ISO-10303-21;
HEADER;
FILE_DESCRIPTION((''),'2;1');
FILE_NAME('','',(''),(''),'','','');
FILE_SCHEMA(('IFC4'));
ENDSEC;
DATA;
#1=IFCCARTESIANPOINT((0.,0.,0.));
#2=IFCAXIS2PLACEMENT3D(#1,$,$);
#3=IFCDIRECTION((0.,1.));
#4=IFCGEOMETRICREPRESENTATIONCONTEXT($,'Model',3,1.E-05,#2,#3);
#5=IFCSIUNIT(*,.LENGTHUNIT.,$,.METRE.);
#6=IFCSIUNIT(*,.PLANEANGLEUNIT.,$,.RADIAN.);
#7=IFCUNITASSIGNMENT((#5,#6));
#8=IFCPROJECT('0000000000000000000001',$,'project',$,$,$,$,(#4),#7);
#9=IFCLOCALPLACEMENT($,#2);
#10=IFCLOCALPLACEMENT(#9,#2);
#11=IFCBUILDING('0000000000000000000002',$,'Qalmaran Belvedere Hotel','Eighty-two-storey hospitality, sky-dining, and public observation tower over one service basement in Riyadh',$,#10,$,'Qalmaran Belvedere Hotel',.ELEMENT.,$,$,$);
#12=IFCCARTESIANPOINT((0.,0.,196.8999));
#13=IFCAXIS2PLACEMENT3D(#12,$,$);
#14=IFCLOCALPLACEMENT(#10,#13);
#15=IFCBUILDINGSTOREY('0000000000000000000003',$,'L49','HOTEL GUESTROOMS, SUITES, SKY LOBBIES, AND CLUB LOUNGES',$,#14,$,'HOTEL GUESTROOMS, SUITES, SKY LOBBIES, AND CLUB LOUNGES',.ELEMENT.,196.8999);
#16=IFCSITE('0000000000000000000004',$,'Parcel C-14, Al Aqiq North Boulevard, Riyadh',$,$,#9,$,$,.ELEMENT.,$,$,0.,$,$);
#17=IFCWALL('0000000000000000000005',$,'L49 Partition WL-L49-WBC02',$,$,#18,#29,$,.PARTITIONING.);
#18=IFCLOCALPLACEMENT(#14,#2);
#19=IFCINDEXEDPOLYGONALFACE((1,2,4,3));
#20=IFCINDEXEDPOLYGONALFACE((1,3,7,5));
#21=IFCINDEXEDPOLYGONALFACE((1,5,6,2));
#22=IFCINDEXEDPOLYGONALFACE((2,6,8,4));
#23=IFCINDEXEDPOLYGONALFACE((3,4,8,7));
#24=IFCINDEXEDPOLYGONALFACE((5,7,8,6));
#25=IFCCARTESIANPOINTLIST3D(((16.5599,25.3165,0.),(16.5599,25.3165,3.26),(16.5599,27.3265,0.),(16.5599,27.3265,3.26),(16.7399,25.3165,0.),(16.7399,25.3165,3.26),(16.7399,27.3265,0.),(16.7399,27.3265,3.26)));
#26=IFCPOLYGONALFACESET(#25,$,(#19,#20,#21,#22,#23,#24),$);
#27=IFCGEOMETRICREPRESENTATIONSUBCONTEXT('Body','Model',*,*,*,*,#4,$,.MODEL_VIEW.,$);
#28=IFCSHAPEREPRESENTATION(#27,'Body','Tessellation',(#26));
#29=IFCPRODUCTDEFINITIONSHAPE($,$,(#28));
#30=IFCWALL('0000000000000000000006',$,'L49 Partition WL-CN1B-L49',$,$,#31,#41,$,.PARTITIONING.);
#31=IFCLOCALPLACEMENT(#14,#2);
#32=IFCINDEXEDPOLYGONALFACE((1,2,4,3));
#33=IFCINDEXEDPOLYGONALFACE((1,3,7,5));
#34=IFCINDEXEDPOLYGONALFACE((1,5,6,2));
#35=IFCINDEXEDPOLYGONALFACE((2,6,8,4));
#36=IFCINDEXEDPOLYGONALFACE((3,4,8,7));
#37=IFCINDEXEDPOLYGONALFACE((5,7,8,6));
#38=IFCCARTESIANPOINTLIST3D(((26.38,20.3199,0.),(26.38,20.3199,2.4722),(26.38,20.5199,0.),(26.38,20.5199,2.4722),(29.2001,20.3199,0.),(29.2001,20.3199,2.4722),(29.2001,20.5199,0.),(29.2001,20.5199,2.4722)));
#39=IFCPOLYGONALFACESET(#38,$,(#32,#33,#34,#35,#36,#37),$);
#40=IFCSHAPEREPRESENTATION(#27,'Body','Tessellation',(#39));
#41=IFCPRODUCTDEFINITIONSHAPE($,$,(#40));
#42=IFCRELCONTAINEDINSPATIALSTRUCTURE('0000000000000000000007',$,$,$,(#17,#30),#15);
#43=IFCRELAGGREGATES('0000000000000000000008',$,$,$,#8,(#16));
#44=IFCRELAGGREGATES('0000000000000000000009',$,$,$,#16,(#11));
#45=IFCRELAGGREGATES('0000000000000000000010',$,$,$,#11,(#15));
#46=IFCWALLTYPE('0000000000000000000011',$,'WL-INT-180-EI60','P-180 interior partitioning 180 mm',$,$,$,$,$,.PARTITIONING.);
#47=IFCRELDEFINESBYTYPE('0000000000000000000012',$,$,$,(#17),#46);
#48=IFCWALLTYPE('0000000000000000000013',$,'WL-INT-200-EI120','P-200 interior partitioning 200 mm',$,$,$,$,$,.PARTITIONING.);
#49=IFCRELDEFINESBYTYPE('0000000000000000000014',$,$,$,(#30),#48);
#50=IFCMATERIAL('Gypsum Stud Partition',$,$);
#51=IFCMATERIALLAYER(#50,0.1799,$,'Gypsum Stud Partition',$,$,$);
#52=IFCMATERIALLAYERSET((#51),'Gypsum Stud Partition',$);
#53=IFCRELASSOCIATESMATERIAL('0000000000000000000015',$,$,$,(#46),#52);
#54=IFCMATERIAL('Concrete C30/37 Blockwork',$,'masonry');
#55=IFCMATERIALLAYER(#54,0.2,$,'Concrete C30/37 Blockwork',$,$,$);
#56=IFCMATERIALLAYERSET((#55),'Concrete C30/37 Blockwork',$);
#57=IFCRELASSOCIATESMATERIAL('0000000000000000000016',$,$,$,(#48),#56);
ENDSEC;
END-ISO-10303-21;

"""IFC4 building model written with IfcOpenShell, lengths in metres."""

from ifc_helpers import new_model, si_unit, direction, frame, frame_2d, origin, place, context, subcontext, project, spatial, rectangle, extrude, material, layer, layer_set, type_object, element, save


model = new_model("IFC4")

# Units and contexts
model_context = context("Model", 3, precision=1e-05, world=origin(), true_north=direction((0.0, 1.0)))
body_context = subcontext(model_context, "Body", "Model", "MODEL_VIEW")
ifc_project = project(units=[si_unit("LENGTHUNIT", "METRE"), si_unit("PLANEANGLEUNIT", "RADIAN")], contexts=[model_context])

# Site, building, storey
site_placement = place(None, origin())
site = spatial("IfcSite", under=ifc_project, at=site_placement, Name="Parcel C-14, Al Aqiq North Boulevard, Riyadh", CompositionType="ELEMENT", RefElevation=0.0)
building_placement = place(site_placement, origin())
building = spatial("IfcBuilding", under=site, at=building_placement, Name="Qalmaran Belvedere Hotel", Description="Eighty-two-storey hospitality, sky-dining, and public observation tower over one service basement in Riyadh", LongName="Qalmaran Belvedere Hotel", CompositionType="ELEMENT")
storey_placement = place(building_placement, frame((0.0, 0.0, 196.8999)))
storey = spatial("IfcBuildingStorey", under=building, at=storey_placement, Name="L49", Description="HOTEL GUESTROOMS, SUITES, SKY LOBBIES, AND CLUB LOUNGES", LongName="HOTEL GUESTROOMS, SUITES, SKY LOBBIES, AND CLUB LOUNGES", CompositionType="ELEMENT", Elevation=196.8999)

# Shared definitions
ifc_material_1 = material(Name="Gypsum Stud Partition")

# Shared definitions
ifc_layer_1 = layer(ifc_material_1, 0.1799, Name="Gypsum Stud Partition")
ifc_layer_set_1 = layer_set([ifc_layer_1], Name="Gypsum Stud Partition")
wall_type_1 = type_object("IfcWallType", Name="WL-INT-180-EI60", Description="P-180 interior partitioning 180 mm", PredefinedType="PARTITIONING", material=ifc_layer_set_1)

# Wall
wall_1_placement = place(storey_placement, frame((16.6499, 25.3167, 0.0), z_axis=(0.0, 0.0, 1.0), x_axis=(0.0, 1.0, 0.0)))
element("IfcWall", 1, at=wall_1_placement, inside=storey, type_object=wall_type_1, Name="L49 Partition WL-L49-WBC02", PredefinedType="PARTITIONING", context=body_context, shape_type="SweptSolid", body=[
    extrude(rectangle(XDim=2.01, YDim=0.1799, at=frame_2d((1.0049, 0.0))), origin(), (0.0, 0.0, 1.0), 3.26),
])

# Shared definitions
ifc_material_2 = material(Name="Concrete C30/37 Blockwork", Category="masonry")
ifc_layer_2 = layer(ifc_material_2, 0.2, Name="Concrete C30/37 Blockwork")
ifc_layer_set_2 = layer_set([ifc_layer_2], Name="Concrete C30/37 Blockwork")
wall_type_2 = type_object("IfcWallType", Name="WL-INT-200-EI120", Description="P-200 interior partitioning 200 mm", PredefinedType="PARTITIONING", material=ifc_layer_set_2)

# Wall
wall_2_placement = place(storey_placement, frame((26.3799, 20.4199, 0.0), z_axis=(0.0, 0.0, 1.0), x_axis=(1.0, 0.0, 0.0)))
element("IfcWall", 2, at=wall_2_placement, inside=storey, type_object=wall_type_2, Name="L49 Partition WL-CN1B-L49", PredefinedType="PARTITIONING", context=body_context, shape_type="SweptSolid", body=[
    extrude(rectangle(XDim=2.8201, YDim=0.2, at=frame_2d((1.4102, 0.0))), origin(), (0.0, 0.0, 1.0), 2.4722),
])

save(model, "model.ifc")
